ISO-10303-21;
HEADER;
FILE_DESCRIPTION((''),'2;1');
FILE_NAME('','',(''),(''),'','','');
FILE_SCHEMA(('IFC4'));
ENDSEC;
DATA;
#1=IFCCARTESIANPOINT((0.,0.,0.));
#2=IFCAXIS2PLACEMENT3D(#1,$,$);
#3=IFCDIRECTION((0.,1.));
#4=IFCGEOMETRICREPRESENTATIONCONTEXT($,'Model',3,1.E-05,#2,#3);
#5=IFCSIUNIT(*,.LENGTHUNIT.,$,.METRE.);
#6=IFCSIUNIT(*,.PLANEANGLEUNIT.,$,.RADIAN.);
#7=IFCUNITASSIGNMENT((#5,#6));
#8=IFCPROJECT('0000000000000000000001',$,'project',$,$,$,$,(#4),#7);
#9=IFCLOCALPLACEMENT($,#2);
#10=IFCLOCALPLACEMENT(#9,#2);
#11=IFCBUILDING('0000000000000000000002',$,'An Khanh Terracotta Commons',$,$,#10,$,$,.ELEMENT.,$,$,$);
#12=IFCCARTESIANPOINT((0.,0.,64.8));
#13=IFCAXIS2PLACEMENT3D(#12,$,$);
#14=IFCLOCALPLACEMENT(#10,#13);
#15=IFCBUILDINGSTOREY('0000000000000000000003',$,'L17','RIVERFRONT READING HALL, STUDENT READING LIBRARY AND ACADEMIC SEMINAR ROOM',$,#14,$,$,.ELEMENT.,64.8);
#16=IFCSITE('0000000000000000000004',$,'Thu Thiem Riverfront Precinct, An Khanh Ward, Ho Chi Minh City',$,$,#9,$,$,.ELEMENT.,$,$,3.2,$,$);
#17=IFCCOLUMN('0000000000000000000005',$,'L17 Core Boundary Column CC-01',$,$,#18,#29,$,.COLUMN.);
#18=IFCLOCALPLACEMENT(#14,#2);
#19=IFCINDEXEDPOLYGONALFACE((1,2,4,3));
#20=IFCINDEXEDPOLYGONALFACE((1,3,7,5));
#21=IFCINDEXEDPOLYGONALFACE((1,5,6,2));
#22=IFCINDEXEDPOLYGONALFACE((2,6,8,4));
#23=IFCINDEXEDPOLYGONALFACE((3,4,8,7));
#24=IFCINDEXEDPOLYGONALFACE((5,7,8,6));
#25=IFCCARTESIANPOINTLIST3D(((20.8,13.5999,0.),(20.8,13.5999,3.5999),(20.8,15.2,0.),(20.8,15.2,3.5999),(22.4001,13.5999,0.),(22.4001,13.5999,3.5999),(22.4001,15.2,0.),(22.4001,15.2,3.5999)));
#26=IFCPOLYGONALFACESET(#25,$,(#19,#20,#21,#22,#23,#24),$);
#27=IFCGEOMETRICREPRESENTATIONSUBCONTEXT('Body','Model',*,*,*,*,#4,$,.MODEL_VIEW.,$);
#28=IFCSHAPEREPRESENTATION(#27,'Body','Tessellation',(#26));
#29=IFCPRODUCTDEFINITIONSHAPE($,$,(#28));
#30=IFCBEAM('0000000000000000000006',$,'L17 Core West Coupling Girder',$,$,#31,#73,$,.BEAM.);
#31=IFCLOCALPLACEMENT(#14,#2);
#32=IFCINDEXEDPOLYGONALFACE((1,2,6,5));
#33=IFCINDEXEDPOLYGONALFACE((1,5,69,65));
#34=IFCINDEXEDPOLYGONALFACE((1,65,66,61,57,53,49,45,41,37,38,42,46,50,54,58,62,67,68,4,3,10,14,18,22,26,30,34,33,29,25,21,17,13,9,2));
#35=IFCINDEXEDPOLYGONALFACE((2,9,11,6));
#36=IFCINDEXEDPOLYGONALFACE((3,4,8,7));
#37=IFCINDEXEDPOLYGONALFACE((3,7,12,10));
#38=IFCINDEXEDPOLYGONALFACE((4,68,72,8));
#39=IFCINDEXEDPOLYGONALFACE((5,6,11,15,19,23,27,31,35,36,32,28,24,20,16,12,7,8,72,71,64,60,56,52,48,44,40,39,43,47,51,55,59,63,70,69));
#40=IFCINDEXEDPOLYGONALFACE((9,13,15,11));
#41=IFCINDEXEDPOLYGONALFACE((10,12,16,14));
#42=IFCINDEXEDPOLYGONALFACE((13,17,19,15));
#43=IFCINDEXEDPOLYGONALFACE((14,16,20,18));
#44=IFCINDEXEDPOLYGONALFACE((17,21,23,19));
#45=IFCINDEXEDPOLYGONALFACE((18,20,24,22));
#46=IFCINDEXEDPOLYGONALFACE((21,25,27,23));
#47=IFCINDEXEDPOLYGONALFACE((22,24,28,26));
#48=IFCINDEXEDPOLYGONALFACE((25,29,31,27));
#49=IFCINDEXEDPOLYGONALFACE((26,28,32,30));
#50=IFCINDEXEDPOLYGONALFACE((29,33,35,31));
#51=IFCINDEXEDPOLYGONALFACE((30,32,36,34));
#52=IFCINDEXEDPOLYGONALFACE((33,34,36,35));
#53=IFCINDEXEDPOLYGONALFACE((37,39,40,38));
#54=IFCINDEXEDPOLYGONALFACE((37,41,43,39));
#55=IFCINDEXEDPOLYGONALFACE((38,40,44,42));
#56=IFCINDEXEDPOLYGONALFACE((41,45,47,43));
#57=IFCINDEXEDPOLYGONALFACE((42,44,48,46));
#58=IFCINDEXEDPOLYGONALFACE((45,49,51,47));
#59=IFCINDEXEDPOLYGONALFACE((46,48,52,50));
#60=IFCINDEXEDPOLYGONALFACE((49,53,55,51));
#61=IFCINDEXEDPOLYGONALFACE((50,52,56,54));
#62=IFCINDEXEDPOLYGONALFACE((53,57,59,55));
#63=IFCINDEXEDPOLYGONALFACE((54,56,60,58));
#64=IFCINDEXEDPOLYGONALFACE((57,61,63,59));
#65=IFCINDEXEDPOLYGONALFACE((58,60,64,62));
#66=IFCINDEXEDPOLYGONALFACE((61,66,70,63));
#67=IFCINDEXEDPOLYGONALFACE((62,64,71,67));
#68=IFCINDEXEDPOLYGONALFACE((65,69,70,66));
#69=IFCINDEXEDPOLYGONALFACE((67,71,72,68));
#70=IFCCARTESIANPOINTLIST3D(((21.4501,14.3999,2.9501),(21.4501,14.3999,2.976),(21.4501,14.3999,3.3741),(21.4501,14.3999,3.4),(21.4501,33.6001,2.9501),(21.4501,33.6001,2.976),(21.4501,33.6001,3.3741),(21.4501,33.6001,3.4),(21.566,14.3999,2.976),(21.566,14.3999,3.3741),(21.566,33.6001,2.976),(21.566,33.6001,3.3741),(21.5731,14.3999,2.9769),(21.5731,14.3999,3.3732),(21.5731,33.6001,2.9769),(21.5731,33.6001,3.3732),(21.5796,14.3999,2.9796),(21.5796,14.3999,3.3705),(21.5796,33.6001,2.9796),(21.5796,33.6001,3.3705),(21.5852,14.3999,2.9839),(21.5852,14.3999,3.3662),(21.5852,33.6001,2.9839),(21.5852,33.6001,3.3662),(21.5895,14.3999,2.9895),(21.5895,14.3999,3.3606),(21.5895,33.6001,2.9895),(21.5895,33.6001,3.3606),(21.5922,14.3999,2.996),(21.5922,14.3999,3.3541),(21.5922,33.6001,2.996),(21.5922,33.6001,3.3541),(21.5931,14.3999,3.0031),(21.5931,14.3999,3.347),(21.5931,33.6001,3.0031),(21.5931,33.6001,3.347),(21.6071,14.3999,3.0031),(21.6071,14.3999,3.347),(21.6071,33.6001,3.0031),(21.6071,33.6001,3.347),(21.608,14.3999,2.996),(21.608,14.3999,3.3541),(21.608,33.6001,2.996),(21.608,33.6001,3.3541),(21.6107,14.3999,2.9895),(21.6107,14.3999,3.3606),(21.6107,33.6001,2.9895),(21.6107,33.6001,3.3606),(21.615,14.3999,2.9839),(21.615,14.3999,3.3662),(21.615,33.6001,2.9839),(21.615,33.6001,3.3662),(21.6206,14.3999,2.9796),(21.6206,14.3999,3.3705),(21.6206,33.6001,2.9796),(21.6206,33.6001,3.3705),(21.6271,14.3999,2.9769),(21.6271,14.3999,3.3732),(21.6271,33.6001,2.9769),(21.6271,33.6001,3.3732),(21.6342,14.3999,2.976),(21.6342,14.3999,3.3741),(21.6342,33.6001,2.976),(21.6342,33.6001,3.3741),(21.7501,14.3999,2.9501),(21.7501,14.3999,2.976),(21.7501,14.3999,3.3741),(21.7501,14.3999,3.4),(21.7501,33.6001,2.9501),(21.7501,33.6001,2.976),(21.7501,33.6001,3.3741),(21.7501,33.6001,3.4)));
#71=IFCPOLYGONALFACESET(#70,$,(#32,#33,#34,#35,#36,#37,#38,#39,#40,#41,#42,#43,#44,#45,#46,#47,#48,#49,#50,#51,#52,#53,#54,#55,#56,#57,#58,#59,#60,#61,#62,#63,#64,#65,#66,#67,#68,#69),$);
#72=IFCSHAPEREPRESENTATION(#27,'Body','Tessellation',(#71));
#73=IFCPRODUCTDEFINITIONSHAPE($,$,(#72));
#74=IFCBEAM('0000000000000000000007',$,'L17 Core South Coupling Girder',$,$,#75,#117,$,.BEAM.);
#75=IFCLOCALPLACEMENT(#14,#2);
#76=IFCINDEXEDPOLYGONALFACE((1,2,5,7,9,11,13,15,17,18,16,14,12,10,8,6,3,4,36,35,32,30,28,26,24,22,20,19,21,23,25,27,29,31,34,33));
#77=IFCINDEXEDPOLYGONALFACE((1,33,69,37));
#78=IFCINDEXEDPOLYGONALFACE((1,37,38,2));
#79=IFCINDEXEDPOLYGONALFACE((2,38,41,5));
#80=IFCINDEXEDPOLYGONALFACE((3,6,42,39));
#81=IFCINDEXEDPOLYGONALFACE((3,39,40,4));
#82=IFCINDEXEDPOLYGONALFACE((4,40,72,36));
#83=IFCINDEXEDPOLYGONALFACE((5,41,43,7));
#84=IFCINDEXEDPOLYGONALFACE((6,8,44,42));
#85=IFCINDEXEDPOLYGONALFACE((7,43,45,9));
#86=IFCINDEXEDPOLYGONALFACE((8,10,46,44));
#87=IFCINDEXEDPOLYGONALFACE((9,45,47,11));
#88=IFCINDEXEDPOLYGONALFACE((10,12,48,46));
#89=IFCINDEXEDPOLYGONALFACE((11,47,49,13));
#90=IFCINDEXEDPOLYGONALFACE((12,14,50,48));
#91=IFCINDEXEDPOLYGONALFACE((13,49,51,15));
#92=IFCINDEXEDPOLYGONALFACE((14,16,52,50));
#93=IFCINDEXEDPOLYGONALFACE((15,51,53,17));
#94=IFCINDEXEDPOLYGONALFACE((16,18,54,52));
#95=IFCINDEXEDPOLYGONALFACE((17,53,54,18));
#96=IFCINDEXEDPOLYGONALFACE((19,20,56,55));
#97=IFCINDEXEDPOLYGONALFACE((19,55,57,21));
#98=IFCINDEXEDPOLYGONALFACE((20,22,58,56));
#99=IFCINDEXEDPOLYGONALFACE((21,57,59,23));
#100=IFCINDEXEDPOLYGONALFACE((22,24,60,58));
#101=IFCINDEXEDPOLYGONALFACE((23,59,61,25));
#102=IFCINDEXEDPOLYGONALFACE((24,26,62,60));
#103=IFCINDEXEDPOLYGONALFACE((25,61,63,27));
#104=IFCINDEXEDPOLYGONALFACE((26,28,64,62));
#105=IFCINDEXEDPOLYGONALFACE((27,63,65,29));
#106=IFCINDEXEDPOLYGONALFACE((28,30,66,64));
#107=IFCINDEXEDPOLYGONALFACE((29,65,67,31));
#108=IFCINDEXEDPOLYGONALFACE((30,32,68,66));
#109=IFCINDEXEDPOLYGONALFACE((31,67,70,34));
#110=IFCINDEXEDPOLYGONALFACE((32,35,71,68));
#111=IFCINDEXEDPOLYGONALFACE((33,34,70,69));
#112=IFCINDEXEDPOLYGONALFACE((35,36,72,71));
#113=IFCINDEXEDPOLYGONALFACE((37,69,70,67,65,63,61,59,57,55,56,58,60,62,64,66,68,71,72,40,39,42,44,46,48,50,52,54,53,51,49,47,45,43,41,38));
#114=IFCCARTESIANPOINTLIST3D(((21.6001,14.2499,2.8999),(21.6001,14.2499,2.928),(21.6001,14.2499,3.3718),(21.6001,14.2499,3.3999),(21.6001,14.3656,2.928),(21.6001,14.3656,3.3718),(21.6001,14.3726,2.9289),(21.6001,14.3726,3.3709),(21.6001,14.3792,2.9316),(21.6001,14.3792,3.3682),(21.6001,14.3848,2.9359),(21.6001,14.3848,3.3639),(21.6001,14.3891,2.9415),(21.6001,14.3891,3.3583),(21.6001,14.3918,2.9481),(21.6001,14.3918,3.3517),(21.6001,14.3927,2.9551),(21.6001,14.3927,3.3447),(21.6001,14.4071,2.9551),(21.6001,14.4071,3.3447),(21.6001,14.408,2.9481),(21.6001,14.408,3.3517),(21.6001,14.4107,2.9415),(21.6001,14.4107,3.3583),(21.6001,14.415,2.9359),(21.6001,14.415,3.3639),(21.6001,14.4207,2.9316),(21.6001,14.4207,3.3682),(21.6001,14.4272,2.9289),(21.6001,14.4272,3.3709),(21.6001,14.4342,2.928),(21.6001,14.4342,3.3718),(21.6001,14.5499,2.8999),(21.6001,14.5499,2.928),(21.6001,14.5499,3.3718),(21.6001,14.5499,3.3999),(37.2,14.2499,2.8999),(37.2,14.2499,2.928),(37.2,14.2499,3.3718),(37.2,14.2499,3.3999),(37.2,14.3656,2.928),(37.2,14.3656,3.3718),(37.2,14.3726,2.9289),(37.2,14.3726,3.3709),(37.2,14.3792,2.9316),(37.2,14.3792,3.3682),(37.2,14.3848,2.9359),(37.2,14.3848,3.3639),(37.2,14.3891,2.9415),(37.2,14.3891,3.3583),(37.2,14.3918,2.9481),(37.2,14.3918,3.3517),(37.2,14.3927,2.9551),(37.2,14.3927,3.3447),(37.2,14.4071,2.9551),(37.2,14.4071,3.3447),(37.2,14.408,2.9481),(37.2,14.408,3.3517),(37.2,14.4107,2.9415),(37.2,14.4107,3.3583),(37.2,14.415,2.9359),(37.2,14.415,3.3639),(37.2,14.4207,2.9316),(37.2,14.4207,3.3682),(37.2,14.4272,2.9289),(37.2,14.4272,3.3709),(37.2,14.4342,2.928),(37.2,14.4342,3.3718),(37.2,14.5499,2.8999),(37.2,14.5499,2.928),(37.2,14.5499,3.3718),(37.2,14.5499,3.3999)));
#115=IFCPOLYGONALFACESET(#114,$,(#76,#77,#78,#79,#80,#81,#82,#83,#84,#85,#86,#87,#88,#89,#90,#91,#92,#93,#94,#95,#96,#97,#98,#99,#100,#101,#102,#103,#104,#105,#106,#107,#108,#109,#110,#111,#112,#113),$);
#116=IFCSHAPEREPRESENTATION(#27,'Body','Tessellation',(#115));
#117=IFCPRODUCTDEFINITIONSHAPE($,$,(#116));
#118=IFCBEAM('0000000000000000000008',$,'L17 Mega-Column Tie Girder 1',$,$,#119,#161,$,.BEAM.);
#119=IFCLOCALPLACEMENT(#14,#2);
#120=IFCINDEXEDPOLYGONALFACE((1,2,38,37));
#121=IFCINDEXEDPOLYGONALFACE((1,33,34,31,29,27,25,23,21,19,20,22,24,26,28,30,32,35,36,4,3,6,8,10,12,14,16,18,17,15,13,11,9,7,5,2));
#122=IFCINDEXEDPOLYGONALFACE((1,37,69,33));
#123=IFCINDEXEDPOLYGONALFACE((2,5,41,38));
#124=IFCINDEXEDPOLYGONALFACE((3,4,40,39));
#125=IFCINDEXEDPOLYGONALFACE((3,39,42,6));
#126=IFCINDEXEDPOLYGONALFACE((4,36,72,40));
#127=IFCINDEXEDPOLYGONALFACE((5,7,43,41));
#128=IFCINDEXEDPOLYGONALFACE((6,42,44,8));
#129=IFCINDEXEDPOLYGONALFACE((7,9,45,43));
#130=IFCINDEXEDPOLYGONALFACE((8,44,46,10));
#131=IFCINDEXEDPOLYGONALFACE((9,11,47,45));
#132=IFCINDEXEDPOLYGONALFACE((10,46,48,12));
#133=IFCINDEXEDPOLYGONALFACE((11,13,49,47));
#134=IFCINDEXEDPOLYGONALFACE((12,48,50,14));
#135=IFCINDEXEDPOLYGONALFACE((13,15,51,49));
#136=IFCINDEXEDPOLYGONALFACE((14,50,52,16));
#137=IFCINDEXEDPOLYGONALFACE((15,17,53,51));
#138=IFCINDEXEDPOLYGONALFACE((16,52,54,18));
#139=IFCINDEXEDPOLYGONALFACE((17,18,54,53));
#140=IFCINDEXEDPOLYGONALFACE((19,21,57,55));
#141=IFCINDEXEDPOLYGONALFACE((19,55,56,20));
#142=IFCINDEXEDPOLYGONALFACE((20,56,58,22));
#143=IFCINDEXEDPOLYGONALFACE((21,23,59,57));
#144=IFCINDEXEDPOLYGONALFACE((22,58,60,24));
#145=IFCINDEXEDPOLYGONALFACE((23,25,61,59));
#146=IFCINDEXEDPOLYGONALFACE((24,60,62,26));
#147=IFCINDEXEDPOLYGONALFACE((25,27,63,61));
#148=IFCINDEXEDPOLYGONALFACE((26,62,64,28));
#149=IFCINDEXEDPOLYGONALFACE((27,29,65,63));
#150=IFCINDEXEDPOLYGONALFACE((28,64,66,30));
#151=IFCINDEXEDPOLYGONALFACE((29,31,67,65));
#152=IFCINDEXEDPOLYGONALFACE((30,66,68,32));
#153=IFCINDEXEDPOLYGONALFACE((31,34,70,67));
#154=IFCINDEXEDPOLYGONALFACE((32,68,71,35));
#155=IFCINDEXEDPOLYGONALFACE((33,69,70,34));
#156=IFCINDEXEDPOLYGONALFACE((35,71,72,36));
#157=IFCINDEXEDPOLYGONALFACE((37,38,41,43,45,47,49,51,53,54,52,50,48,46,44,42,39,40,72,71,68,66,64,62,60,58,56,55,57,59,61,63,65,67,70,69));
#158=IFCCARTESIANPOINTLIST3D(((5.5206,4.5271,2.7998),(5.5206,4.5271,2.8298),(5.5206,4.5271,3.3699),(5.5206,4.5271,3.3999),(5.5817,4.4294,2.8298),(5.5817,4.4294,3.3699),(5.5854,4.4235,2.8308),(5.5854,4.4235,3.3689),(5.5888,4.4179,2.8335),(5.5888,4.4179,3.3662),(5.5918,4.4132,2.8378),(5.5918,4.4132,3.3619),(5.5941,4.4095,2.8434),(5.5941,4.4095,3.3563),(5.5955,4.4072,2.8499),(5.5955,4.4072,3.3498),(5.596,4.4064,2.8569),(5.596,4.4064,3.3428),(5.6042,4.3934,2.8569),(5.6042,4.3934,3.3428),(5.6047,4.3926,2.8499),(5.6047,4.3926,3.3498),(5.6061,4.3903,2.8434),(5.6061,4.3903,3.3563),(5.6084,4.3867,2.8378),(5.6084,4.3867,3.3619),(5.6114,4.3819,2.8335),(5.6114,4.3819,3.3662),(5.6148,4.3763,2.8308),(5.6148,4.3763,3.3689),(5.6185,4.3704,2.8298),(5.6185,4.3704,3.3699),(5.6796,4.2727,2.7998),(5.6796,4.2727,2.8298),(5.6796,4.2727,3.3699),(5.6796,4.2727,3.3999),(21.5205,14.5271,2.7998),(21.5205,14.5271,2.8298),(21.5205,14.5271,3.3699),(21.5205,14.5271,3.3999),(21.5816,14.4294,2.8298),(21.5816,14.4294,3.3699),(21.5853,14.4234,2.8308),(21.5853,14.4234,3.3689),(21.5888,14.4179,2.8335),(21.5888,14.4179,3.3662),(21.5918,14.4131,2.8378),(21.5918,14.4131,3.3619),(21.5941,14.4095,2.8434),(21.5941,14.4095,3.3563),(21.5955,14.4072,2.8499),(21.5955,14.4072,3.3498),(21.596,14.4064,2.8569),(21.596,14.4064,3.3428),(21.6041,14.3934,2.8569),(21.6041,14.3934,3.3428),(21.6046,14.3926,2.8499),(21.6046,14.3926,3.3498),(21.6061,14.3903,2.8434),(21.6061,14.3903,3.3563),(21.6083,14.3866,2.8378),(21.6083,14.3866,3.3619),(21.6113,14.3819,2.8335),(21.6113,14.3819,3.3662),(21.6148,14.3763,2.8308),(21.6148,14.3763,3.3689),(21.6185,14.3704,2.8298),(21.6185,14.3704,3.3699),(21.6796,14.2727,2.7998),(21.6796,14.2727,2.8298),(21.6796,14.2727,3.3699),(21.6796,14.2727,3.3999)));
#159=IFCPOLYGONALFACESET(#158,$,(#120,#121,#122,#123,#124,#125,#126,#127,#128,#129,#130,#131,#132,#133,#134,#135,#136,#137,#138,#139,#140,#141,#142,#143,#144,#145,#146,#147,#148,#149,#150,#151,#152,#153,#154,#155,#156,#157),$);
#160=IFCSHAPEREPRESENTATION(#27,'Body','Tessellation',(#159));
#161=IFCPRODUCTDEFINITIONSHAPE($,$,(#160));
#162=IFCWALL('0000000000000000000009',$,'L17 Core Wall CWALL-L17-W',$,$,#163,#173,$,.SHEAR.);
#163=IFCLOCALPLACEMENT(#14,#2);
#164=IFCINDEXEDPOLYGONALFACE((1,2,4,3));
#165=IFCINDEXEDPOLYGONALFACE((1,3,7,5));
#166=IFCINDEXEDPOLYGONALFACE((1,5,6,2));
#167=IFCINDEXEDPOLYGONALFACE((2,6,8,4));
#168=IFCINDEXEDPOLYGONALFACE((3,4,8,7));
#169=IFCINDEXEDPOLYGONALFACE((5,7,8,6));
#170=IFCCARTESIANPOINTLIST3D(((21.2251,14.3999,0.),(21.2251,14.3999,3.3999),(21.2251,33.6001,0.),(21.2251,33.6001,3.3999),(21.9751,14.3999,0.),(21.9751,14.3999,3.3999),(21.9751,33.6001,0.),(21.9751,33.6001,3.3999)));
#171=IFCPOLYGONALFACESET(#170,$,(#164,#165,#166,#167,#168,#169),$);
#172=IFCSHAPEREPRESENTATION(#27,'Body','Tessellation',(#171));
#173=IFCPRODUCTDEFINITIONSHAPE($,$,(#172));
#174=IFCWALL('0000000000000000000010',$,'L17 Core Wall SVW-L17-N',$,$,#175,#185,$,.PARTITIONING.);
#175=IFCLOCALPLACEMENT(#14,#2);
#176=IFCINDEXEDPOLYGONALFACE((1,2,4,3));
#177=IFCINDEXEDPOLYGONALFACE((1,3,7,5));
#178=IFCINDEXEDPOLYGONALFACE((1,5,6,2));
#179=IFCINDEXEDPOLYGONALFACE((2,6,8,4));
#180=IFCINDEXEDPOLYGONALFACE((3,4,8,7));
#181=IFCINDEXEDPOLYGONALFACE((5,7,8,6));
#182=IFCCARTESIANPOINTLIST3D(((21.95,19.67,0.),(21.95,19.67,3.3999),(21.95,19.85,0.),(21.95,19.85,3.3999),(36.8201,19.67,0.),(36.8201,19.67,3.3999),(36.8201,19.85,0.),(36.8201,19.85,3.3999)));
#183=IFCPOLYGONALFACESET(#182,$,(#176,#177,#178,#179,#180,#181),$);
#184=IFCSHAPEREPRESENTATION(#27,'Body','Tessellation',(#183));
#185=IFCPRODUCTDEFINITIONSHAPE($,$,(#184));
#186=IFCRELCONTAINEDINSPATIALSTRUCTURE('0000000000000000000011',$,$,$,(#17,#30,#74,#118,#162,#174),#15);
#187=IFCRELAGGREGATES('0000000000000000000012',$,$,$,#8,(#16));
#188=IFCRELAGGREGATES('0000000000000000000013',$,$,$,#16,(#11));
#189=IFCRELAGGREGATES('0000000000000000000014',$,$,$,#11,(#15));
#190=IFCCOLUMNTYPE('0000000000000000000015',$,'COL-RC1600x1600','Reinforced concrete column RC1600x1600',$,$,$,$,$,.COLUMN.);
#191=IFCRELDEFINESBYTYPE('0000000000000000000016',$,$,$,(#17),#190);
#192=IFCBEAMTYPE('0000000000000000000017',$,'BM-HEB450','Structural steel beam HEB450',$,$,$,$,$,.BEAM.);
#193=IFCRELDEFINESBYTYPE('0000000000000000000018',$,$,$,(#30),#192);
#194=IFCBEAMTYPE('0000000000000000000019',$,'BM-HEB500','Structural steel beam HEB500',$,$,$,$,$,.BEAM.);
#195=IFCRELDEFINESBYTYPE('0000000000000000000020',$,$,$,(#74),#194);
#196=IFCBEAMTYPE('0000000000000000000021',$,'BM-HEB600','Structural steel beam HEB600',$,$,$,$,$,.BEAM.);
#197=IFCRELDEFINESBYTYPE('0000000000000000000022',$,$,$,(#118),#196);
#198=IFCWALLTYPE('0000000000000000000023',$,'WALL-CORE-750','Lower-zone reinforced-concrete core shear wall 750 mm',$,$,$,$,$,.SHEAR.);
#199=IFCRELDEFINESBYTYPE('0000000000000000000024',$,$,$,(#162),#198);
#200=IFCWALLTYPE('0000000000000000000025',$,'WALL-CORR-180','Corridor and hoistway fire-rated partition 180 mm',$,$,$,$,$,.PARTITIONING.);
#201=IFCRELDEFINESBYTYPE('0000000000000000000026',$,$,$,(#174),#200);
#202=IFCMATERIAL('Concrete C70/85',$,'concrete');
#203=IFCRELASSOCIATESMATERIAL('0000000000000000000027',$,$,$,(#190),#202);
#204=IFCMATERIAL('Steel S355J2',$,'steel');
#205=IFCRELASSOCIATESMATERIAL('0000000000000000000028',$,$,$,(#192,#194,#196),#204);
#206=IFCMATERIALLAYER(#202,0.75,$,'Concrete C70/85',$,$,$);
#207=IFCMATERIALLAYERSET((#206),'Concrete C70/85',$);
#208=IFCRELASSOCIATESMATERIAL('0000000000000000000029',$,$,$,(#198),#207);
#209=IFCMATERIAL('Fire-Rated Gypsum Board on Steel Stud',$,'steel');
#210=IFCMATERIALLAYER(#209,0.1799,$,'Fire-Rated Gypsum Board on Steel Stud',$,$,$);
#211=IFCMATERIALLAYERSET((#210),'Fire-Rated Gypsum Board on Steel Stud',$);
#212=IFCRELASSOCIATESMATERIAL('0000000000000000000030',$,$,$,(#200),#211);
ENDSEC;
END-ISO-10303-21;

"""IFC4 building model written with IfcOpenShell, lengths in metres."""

from ifc_helpers import new_model, si_unit, direction, frame, frame_2d, origin, origin_2d, place, context, subcontext, project, spatial, rectangle, i_section, extrude, material, layer, layer_set, material_profile, profile_set, type_object, element, save


model = new_model("IFC4")

# Units and contexts
model_context = context("Model", 3, precision=1e-05, world=origin(), true_north=direction((0.0, 1.0)))
body_context = subcontext(model_context, "Body", "Model", "MODEL_VIEW")
ifc_project = project(units=[si_unit("LENGTHUNIT", "METRE"), si_unit("PLANEANGLEUNIT", "RADIAN")], contexts=[model_context])

# Site, building, storey
site_placement = place(None, origin())
site = spatial("IfcSite", under=ifc_project, at=site_placement, Name="Thu Thiem Riverfront Precinct, An Khanh Ward, Ho Chi Minh City", CompositionType="ELEMENT", RefElevation=3.2)
building_placement = place(site_placement, origin())
building = spatial("IfcBuilding", under=site, at=building_placement, Name="An Khanh Terracotta Commons", CompositionType="ELEMENT")
storey_placement = place(building_placement, frame((0.0, 0.0, 64.8)))
storey = spatial("IfcBuildingStorey", under=building, at=storey_placement, Name="L17", Description="RIVERFRONT READING HALL, STUDENT READING LIBRARY AND ACADEMIC SEMINAR ROOM", CompositionType="ELEMENT", Elevation=64.8)

# Column
ifc_material_1 = material(Name="Concrete C70/85", Category="concrete")
ifc_material_profile_1 = material_profile(ifc_material_1, rectangle(XDim=1.6001, YDim=1.6001, at=origin_2d()), Name="RC1600x1600")
ifc_profile_set_1 = profile_set([ifc_material_profile_1], Name="Concrete C70/85")
column_type = type_object("IfcColumnType", Name="COL-RC1600x1600", Description="Reinforced concrete column RC1600x1600", PredefinedType="COLUMN", material=ifc_profile_set_1)
column_placement = place(storey_placement, frame((21.6001, 14.3999, 0.0), z_axis=(0.0, 0.0, 1.0), x_axis=(1.0, 0.0, 0.0)))
element("IfcColumn", 1, at=column_placement, inside=storey, type_object=column_type, Name="L17 Core Boundary Column CC-01", PredefinedType="COLUMN", context=body_context, shape_type="SweptSolid", body=[
    extrude(rectangle(XDim=1.6001, YDim=1.6001, at=origin_2d()), origin(), (0.0, 0.0, 1.0), 3.5999),
])

# Beams
ifc_material_2 = material(Name="Steel S355J2", Category="steel")
ifc_material_profile_2 = material_profile(ifc_material_2, i_section(OverallWidth=0.3, OverallDepth=0.45, WebThickness=0.0139, FlangeThickness=0.0259, FilletRadius=0.0271, at=origin_2d()), Name="HEB450")
ifc_profile_set_2 = profile_set([ifc_material_profile_2], Name="Steel S355J2")
beam_type_1 = type_object("IfcBeamType", Name="BM-HEB450", Description="Structural steel beam HEB450", PredefinedType="BEAM", material=ifc_profile_set_2)
beam_1_placement = place(storey_placement, frame((21.6001, 14.3999, 3.175), z_axis=(0.0, 1.0, 0.0), x_axis=(-1.0, 0.0, 0.0)))
element("IfcBeam", 2, at=beam_1_placement, inside=storey, type_object=beam_type_1, Name="L17 Core West Coupling Girder", PredefinedType="BEAM", context=body_context, shape_type="SweptSolid", body=[
    extrude(i_section(OverallWidth=0.3, OverallDepth=0.45, WebThickness=0.0139, FlangeThickness=0.0259, FilletRadius=0.0271, at=origin_2d()), origin(), (0.0, 0.0, 1.0), 19.2002),
])
ifc_material_profile_3 = material_profile(ifc_material_2, i_section(OverallWidth=0.3, OverallDepth=0.5, WebThickness=0.0144, FlangeThickness=0.0281, FilletRadius=0.0271, at=origin_2d()), Name="HEB500")
ifc_profile_set_3 = profile_set([ifc_material_profile_3], Name="Steel S355J2")
beam_type_2 = type_object("IfcBeamType", Name="BM-HEB500", Description="Structural steel beam HEB500", PredefinedType="BEAM", material=ifc_profile_set_3)
beam_2_placement = place(storey_placement, frame((21.6001, 14.3999, 3.1499), z_axis=(1.0, 0.0, 0.0), x_axis=(0.0, 1.0, 0.0)))
element("IfcBeam", 3, at=beam_2_placement, inside=storey, type_object=beam_type_2, Name="L17 Core South Coupling Girder", PredefinedType="BEAM", context=body_context, shape_type="SweptSolid", body=[
    extrude(i_section(OverallWidth=0.3, OverallDepth=0.5, WebThickness=0.0144, FlangeThickness=0.0281, FilletRadius=0.0271, at=origin_2d()), origin(), (0.0, 0.0, 1.0), 15.5999),
])
ifc_material_profile_4 = material_profile(ifc_material_2, i_section(OverallWidth=0.3, OverallDepth=0.6001, WebThickness=0.0154, FlangeThickness=0.03, FilletRadius=0.0271, at=origin_2d()), Name="HEB600")
ifc_profile_set_4 = profile_set([ifc_material_profile_4], Name="Steel S355J2")
beam_type_3 = type_object("IfcBeamType", Name="BM-HEB600", Description="Structural steel beam HEB600", PredefinedType="BEAM", material=ifc_profile_set_4)
beam_3_placement = place(storey_placement, frame((5.6001, 4.3999, 3.0999), z_axis=(0.847998, 0.529999, 0.0), x_axis=(-0.529999, 0.847998, 0.0)))
element("IfcBeam", 4, at=beam_3_placement, inside=storey, type_object=beam_type_3, Name="L17 Mega-Column Tie Girder 1", PredefinedType="BEAM", context=body_context, shape_type="SweptSolid", body=[
    extrude(i_section(OverallWidth=0.3, OverallDepth=0.6001, WebThickness=0.0154, FlangeThickness=0.03, FilletRadius=0.0271, at=origin_2d()), origin(), (0.0, 0.0, 1.0), 18.8679),
])

# Walls
ifc_layer_1 = layer(ifc_material_1, 0.75, Name="Concrete C70/85")
ifc_layer_set_1 = layer_set([ifc_layer_1], Name="Concrete C70/85")
wall_type_1 = type_object("IfcWallType", Name="WALL-CORE-750", Description="Lower-zone reinforced-concrete core shear wall 750 mm", PredefinedType="SHEAR", material=ifc_layer_set_1)
wall_1_placement = place(storey_placement, frame((21.6001, 14.3999, 0.0), z_axis=(0.0, 0.0, 1.0), x_axis=(0.0, 1.0, 0.0)))
element("IfcWall", 5, at=wall_1_placement, inside=storey, type_object=wall_type_1, Name="L17 Core Wall CWALL-L17-W", PredefinedType="SHEAR", context=body_context, shape_type="SweptSolid", body=[
    extrude(rectangle(XDim=19.2002, YDim=0.75, at=frame_2d((9.6001, 0.0))), origin(), (0.0, 0.0, 1.0), 3.3999),
])
ifc_material_3 = material(Name="Fire-Rated Gypsum Board on Steel Stud", Category="steel")
ifc_layer_2 = layer(ifc_material_3, 0.1799, Name="Fire-Rated Gypsum Board on Steel Stud")
ifc_layer_set_2 = layer_set([ifc_layer_2], Name="Fire-Rated Gypsum Board on Steel Stud")
wall_type_2 = type_object("IfcWallType", Name="WALL-CORR-180", Description="Corridor and hoistway fire-rated partition 180 mm", PredefinedType="PARTITIONING", material=ifc_layer_set_2)
wall_2_placement = place(storey_placement, frame((21.95, 19.76, 0.0), z_axis=(0.0, 0.0, 1.0), x_axis=(1.0, 0.0, 0.0)))
element("IfcWall", 6, at=wall_2_placement, inside=storey, type_object=wall_type_2, Name="L17 Core Wall SVW-L17-N", PredefinedType="PARTITIONING", context=body_context, shape_type="SweptSolid", body=[
    extrude(rectangle(XDim=14.8701, YDim=0.1799, at=frame_2d((7.4351, 0.0))), origin(), (0.0, 0.0, 1.0), 3.3999),
])

save(model, "model.ifc")
